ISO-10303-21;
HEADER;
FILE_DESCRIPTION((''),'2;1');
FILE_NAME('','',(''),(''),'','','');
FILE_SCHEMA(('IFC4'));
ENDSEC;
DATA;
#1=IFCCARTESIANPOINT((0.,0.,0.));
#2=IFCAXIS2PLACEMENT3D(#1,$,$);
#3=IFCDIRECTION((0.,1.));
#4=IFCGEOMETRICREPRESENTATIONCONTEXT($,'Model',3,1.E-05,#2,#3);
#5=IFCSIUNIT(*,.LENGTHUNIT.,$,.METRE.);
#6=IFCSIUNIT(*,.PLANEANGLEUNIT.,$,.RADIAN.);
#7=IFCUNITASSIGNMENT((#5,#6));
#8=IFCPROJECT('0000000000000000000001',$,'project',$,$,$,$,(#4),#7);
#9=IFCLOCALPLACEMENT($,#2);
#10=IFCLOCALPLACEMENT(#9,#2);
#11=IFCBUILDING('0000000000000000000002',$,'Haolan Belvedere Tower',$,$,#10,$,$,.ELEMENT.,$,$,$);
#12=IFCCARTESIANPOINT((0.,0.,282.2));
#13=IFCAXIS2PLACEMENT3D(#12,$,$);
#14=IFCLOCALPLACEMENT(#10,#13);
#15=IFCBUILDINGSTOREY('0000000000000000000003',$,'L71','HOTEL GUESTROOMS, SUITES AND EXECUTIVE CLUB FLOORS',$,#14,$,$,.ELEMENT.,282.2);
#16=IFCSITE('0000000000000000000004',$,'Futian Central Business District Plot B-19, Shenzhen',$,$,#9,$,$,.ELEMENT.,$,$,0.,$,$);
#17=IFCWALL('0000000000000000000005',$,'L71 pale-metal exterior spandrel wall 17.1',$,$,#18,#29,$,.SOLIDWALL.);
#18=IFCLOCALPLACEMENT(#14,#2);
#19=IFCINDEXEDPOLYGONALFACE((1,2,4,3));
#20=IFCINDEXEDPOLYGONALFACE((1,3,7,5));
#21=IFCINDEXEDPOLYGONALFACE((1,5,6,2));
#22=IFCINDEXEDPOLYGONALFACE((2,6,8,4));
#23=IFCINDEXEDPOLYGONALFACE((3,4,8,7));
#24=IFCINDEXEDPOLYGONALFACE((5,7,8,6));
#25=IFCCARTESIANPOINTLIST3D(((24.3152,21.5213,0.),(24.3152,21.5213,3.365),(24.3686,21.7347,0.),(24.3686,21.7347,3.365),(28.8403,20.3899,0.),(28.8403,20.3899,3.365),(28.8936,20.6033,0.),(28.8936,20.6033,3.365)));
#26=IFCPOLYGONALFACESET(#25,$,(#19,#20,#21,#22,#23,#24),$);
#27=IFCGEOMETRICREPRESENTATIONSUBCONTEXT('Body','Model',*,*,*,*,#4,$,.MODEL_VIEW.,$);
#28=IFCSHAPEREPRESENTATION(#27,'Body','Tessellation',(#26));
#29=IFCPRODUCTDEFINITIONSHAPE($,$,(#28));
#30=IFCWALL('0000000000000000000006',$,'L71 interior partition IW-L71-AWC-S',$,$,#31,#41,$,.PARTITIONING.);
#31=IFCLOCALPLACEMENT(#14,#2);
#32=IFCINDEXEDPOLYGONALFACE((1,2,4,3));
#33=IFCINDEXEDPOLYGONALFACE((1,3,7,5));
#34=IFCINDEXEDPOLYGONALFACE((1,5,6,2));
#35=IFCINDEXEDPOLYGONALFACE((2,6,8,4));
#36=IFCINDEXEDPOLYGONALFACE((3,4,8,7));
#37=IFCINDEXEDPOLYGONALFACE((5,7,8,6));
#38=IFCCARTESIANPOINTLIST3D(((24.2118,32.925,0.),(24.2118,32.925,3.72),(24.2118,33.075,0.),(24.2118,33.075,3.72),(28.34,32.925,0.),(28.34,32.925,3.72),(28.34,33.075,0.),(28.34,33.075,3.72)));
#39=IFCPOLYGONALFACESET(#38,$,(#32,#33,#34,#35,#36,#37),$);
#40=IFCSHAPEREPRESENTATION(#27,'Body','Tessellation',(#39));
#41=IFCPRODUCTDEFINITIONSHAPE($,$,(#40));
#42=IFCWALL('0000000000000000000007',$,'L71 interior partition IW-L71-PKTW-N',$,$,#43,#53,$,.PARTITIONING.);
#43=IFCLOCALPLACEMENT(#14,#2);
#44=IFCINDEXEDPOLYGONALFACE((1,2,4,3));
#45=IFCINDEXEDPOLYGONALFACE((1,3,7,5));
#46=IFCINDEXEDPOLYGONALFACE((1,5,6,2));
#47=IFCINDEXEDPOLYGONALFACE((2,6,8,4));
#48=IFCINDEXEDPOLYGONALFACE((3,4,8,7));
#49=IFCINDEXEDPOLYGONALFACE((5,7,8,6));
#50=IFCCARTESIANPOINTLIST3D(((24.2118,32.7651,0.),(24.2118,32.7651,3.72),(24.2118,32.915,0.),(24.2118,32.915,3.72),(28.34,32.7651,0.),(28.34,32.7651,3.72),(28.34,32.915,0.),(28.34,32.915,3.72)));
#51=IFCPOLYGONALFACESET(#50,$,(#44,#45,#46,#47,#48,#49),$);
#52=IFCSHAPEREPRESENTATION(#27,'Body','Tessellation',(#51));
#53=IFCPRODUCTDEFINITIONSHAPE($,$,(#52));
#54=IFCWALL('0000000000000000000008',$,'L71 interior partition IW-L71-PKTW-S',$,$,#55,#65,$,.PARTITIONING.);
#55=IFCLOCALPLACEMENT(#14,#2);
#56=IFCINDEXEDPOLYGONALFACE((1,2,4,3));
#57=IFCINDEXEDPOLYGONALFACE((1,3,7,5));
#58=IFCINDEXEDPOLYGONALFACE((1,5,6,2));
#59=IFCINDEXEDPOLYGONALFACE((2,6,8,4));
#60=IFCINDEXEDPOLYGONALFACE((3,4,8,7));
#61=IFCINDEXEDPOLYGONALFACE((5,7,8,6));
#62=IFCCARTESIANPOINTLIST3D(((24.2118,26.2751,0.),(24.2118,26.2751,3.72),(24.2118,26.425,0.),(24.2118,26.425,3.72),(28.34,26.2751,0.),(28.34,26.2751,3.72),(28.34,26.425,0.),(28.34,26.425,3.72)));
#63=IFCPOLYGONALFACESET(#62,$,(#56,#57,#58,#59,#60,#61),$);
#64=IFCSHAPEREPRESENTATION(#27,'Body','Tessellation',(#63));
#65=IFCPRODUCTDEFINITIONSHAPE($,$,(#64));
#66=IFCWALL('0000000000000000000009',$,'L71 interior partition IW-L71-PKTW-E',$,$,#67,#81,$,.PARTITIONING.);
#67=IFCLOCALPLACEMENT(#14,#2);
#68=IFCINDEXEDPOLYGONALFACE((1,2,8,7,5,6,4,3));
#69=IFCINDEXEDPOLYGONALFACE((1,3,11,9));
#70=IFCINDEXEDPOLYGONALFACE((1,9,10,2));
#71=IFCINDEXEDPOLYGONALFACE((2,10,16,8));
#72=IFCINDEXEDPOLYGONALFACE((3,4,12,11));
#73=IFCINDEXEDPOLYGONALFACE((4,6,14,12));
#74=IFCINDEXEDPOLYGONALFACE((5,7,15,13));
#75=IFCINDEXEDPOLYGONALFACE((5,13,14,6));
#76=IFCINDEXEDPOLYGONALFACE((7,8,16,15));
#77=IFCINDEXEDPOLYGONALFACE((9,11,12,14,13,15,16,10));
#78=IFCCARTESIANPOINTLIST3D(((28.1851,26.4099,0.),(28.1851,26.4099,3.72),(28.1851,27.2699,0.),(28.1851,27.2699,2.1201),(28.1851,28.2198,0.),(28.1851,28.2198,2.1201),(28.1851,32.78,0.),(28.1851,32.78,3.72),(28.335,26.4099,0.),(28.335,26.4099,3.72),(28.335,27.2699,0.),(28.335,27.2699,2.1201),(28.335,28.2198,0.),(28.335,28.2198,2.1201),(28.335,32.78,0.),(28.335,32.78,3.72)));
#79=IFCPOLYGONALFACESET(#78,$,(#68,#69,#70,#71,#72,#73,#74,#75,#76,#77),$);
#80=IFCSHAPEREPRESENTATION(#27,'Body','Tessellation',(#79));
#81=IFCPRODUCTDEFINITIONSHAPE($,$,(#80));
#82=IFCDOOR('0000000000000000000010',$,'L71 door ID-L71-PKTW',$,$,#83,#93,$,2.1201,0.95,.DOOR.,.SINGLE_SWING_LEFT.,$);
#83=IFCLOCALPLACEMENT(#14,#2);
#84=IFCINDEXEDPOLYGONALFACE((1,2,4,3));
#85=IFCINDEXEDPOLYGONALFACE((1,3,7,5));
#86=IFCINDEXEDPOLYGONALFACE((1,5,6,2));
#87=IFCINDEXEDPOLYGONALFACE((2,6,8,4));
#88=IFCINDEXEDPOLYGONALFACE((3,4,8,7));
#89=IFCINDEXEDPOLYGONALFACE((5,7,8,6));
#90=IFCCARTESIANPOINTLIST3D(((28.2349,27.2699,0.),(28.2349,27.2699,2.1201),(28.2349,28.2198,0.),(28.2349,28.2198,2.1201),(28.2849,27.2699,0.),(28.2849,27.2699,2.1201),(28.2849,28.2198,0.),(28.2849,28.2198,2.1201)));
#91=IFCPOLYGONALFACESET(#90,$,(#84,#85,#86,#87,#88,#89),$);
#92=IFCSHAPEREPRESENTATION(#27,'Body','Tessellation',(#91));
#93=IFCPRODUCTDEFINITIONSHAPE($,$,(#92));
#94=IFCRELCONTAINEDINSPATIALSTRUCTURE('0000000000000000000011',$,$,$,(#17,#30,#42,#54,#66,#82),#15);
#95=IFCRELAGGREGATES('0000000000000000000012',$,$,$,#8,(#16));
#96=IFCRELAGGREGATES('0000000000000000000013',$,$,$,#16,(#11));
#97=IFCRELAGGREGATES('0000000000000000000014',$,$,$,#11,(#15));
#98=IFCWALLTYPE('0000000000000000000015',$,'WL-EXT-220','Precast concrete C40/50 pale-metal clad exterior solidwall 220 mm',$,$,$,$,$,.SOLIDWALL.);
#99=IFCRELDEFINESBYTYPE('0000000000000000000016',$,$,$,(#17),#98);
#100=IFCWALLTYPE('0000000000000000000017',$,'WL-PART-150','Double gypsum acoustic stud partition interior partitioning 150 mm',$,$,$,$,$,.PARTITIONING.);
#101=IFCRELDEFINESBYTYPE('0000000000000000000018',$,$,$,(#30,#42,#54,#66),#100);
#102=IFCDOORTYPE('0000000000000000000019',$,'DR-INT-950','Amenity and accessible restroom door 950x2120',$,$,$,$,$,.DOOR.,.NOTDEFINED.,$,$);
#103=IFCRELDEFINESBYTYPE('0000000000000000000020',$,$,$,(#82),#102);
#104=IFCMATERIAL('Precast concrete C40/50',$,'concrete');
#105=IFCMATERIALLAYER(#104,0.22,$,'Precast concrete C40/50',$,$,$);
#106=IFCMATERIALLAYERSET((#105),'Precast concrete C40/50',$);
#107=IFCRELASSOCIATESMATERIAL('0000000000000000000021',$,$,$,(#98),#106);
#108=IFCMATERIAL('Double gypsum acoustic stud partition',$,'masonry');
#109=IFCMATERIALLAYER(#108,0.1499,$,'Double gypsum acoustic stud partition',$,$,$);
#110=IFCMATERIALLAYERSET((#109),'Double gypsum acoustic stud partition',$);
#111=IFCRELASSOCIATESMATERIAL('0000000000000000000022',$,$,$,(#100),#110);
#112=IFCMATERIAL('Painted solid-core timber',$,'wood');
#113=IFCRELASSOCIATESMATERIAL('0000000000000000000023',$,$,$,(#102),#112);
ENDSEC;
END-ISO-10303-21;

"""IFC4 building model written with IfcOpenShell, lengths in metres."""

from ifc_helpers import new_model, si_unit, direction, frame, frame_2d, origin, place, context, subcontext, project, spatial, rectangle, extrude, material, layer, layer_set, type_object, element, fill, save


model = new_model("IFC4")

# Units and contexts
model_context = context("Model", 3, precision=1e-05, world=origin(), true_north=direction((0.0, 1.0)))
body_context = subcontext(model_context, "Body", "Model", "MODEL_VIEW")
ifc_project = project(units=[si_unit("LENGTHUNIT", "METRE"), si_unit("PLANEANGLEUNIT", "RADIAN")], contexts=[model_context])

# Site, building, storey
site_placement = place(None, origin())
site = spatial("IfcSite", under=ifc_project, at=site_placement, Name="Futian Central Business District Plot B-19, Shenzhen", CompositionType="ELEMENT", RefElevation=0.0)
building_placement = place(site_placement, origin())
building = spatial("IfcBuilding", under=site, at=building_placement, Name="Haolan Belvedere Tower", CompositionType="ELEMENT")
storey_placement = place(building_placement, frame((0.0, 0.0, 282.2)))
storey = spatial("IfcBuildingStorey", under=building, at=storey_placement, Name="L71", Description="HOTEL GUESTROOMS, SUITES AND EXECUTIVE CLUB FLOORS", CompositionType="ELEMENT", Elevation=282.2)

# Shared definitions
ifc_material_1 = material(Name="Precast concrete C40/50", Category="concrete")
ifc_layer_1 = layer(ifc_material_1, 0.22, Name="Precast concrete C40/50")
ifc_layer_set_1 = layer_set([ifc_layer_1], Name="Precast concrete C40/50")
wall_type_1 = type_object("IfcWallType", Name="WL-EXT-220", Description="Precast concrete C40/50 pale-metal clad exterior solidwall 220 mm", PredefinedType="SOLIDWALL", material=ifc_layer_set_1)

# Walls
wall_1_placement = place(storey_placement, frame((24.342, 21.6279, 0.0), z_axis=(0.0, 0.0, 1.0), x_axis=(0.970136, -0.24256, 0.0)))
element("IfcWall", 1, at=wall_1_placement, inside=storey, type_object=wall_type_1, Name="L71 pale-metal exterior spandrel wall 17.1", PredefinedType="SOLIDWALL", context=body_context, shape_type="SweptSolid", body=[
    extrude(rectangle(XDim=4.6643, YDim=0.22, at=frame_2d((2.332, 0.0))), origin(), (0.0, 0.0, 1.0), 3.365),
])
ifc_material_2 = material(Name="Double gypsum acoustic stud partition", Category="masonry")
ifc_layer_2 = layer(ifc_material_2, 0.1499, Name="Double gypsum acoustic stud partition")
ifc_layer_set_2 = layer_set([ifc_layer_2], Name="Double gypsum acoustic stud partition")
wall_type_2 = type_object("IfcWallType", Name="WL-PART-150", Description="Double gypsum acoustic stud partition interior partitioning 150 mm", PredefinedType="PARTITIONING", material=ifc_layer_set_2)
wall_2_placement = place(storey_placement, frame((24.2119, 33.0, 0.0), z_axis=(0.0, 0.0, 1.0), x_axis=(1.0, 0.0, 0.0)))
element("IfcWall", 2, at=wall_2_placement, inside=storey, type_object=wall_type_2, Name="L71 interior partition IW-L71-AWC-S", PredefinedType="PARTITIONING", context=body_context, shape_type="SweptSolid", body=[
    extrude(rectangle(XDim=4.1282, YDim=0.1499, at=frame_2d((2.064, 0.0))), origin(), (0.0, 0.0, 1.0), 3.72),
])

# Shared definitions
ifc_material_3 = material(Name="Painted solid-core timber", Category="wood")
door_type_1 = type_object("IfcDoorType", Name="DR-INT-950", Description="Amenity and accessible restroom door 950x2120", OperationType="NOTDEFINED", PredefinedType="DOOR", material=ifc_material_3)

# Walls
for number, where, z_axis, x_axis, name in (
    (3, (24.2119, 32.8401, 0.0), (0.0, 0.0, 1.0), (1.0, 0.0, 0.0), "L71 interior partition IW-L71-PKTW-N"),
    (4, (24.2119, 26.3501, 0.0), (0.0, 0.0, 1.0), (1.0, 0.0, 0.0), "L71 interior partition IW-L71-PKTW-S"),
):
    element("IfcWall", number, at=place(storey_placement, frame(where, z_axis=z_axis, x_axis=x_axis)), inside=storey, type_object=wall_type_2, Name=name, PredefinedType="PARTITIONING", context=body_context, shape_type="SweptSolid", body=[
        extrude(rectangle(XDim=4.1282, YDim=0.1499, at=frame_2d((2.064, 0.0))), origin(), (0.0, 0.0, 1.0), 3.72),
    ])

# Wall, opening, door
wall_3_placement = place(storey_placement, frame((28.26, 26.4099, 0.0), z_axis=(0.0, 0.0, 1.0), x_axis=(0.0, 1.0, 0.0)))
wall_3 = element("IfcWall", 5, at=wall_3_placement, inside=storey, type_object=wall_type_2, Name="L71 interior partition IW-L71-PKTW-E", PredefinedType="PARTITIONING", context=body_context, shape_type="SweptSolid", body=[
    extrude(rectangle(XDim=6.3701, YDim=0.1499, at=frame_2d((3.1851, 0.0))), origin(), (0.0, 0.0, 1.0), 3.72),
])
opening_1_placement = place(wall_3_placement, frame((1.8101, 0.0, 0.0), z_axis=(0.0, 0.0, 1.0), x_axis=(-1.0, 0.0, 0.0)))
opening_1 = element("IfcOpeningElement", 6, at=opening_1_placement, cuts=wall_3, PredefinedType="OPENING", context=body_context, shape_type="SweptSolid", body=[
    extrude(rectangle(XDim=0.95, YDim=2.1201, at=frame_2d((0.4751, 1.0601))), frame((0.0, 0.085, 0.0), z_axis=(0.0, -1.0, 0.0), x_axis=(1.0, 0.0, 0.0)), (0.0, 0.0, 1.0), 0.1699),
])
door_1_placement = place(opening_1_placement, origin())
door_1 = element("IfcDoor", 7, at=door_1_placement, inside=storey, type_object=door_type_1, Name="L71 door ID-L71-PKTW", OperationType="SINGLE_SWING_LEFT", OverallHeight=2.1201, OverallWidth=0.95, PredefinedType="DOOR", context=body_context, shape_type="SweptSolid", body=[
    extrude(rectangle(XDim=0.95, YDim=2.1201, at=frame_2d((0.4751, 1.0601))), frame((0.0, 0.0249, 0.0), z_axis=(0.0, -1.0, 0.0), x_axis=(1.0, 0.0, 0.0)), (0.0, 0.0, 1.0), 0.05),
])
fill(opening_1, door_1)

save(model, "model.ifc")
